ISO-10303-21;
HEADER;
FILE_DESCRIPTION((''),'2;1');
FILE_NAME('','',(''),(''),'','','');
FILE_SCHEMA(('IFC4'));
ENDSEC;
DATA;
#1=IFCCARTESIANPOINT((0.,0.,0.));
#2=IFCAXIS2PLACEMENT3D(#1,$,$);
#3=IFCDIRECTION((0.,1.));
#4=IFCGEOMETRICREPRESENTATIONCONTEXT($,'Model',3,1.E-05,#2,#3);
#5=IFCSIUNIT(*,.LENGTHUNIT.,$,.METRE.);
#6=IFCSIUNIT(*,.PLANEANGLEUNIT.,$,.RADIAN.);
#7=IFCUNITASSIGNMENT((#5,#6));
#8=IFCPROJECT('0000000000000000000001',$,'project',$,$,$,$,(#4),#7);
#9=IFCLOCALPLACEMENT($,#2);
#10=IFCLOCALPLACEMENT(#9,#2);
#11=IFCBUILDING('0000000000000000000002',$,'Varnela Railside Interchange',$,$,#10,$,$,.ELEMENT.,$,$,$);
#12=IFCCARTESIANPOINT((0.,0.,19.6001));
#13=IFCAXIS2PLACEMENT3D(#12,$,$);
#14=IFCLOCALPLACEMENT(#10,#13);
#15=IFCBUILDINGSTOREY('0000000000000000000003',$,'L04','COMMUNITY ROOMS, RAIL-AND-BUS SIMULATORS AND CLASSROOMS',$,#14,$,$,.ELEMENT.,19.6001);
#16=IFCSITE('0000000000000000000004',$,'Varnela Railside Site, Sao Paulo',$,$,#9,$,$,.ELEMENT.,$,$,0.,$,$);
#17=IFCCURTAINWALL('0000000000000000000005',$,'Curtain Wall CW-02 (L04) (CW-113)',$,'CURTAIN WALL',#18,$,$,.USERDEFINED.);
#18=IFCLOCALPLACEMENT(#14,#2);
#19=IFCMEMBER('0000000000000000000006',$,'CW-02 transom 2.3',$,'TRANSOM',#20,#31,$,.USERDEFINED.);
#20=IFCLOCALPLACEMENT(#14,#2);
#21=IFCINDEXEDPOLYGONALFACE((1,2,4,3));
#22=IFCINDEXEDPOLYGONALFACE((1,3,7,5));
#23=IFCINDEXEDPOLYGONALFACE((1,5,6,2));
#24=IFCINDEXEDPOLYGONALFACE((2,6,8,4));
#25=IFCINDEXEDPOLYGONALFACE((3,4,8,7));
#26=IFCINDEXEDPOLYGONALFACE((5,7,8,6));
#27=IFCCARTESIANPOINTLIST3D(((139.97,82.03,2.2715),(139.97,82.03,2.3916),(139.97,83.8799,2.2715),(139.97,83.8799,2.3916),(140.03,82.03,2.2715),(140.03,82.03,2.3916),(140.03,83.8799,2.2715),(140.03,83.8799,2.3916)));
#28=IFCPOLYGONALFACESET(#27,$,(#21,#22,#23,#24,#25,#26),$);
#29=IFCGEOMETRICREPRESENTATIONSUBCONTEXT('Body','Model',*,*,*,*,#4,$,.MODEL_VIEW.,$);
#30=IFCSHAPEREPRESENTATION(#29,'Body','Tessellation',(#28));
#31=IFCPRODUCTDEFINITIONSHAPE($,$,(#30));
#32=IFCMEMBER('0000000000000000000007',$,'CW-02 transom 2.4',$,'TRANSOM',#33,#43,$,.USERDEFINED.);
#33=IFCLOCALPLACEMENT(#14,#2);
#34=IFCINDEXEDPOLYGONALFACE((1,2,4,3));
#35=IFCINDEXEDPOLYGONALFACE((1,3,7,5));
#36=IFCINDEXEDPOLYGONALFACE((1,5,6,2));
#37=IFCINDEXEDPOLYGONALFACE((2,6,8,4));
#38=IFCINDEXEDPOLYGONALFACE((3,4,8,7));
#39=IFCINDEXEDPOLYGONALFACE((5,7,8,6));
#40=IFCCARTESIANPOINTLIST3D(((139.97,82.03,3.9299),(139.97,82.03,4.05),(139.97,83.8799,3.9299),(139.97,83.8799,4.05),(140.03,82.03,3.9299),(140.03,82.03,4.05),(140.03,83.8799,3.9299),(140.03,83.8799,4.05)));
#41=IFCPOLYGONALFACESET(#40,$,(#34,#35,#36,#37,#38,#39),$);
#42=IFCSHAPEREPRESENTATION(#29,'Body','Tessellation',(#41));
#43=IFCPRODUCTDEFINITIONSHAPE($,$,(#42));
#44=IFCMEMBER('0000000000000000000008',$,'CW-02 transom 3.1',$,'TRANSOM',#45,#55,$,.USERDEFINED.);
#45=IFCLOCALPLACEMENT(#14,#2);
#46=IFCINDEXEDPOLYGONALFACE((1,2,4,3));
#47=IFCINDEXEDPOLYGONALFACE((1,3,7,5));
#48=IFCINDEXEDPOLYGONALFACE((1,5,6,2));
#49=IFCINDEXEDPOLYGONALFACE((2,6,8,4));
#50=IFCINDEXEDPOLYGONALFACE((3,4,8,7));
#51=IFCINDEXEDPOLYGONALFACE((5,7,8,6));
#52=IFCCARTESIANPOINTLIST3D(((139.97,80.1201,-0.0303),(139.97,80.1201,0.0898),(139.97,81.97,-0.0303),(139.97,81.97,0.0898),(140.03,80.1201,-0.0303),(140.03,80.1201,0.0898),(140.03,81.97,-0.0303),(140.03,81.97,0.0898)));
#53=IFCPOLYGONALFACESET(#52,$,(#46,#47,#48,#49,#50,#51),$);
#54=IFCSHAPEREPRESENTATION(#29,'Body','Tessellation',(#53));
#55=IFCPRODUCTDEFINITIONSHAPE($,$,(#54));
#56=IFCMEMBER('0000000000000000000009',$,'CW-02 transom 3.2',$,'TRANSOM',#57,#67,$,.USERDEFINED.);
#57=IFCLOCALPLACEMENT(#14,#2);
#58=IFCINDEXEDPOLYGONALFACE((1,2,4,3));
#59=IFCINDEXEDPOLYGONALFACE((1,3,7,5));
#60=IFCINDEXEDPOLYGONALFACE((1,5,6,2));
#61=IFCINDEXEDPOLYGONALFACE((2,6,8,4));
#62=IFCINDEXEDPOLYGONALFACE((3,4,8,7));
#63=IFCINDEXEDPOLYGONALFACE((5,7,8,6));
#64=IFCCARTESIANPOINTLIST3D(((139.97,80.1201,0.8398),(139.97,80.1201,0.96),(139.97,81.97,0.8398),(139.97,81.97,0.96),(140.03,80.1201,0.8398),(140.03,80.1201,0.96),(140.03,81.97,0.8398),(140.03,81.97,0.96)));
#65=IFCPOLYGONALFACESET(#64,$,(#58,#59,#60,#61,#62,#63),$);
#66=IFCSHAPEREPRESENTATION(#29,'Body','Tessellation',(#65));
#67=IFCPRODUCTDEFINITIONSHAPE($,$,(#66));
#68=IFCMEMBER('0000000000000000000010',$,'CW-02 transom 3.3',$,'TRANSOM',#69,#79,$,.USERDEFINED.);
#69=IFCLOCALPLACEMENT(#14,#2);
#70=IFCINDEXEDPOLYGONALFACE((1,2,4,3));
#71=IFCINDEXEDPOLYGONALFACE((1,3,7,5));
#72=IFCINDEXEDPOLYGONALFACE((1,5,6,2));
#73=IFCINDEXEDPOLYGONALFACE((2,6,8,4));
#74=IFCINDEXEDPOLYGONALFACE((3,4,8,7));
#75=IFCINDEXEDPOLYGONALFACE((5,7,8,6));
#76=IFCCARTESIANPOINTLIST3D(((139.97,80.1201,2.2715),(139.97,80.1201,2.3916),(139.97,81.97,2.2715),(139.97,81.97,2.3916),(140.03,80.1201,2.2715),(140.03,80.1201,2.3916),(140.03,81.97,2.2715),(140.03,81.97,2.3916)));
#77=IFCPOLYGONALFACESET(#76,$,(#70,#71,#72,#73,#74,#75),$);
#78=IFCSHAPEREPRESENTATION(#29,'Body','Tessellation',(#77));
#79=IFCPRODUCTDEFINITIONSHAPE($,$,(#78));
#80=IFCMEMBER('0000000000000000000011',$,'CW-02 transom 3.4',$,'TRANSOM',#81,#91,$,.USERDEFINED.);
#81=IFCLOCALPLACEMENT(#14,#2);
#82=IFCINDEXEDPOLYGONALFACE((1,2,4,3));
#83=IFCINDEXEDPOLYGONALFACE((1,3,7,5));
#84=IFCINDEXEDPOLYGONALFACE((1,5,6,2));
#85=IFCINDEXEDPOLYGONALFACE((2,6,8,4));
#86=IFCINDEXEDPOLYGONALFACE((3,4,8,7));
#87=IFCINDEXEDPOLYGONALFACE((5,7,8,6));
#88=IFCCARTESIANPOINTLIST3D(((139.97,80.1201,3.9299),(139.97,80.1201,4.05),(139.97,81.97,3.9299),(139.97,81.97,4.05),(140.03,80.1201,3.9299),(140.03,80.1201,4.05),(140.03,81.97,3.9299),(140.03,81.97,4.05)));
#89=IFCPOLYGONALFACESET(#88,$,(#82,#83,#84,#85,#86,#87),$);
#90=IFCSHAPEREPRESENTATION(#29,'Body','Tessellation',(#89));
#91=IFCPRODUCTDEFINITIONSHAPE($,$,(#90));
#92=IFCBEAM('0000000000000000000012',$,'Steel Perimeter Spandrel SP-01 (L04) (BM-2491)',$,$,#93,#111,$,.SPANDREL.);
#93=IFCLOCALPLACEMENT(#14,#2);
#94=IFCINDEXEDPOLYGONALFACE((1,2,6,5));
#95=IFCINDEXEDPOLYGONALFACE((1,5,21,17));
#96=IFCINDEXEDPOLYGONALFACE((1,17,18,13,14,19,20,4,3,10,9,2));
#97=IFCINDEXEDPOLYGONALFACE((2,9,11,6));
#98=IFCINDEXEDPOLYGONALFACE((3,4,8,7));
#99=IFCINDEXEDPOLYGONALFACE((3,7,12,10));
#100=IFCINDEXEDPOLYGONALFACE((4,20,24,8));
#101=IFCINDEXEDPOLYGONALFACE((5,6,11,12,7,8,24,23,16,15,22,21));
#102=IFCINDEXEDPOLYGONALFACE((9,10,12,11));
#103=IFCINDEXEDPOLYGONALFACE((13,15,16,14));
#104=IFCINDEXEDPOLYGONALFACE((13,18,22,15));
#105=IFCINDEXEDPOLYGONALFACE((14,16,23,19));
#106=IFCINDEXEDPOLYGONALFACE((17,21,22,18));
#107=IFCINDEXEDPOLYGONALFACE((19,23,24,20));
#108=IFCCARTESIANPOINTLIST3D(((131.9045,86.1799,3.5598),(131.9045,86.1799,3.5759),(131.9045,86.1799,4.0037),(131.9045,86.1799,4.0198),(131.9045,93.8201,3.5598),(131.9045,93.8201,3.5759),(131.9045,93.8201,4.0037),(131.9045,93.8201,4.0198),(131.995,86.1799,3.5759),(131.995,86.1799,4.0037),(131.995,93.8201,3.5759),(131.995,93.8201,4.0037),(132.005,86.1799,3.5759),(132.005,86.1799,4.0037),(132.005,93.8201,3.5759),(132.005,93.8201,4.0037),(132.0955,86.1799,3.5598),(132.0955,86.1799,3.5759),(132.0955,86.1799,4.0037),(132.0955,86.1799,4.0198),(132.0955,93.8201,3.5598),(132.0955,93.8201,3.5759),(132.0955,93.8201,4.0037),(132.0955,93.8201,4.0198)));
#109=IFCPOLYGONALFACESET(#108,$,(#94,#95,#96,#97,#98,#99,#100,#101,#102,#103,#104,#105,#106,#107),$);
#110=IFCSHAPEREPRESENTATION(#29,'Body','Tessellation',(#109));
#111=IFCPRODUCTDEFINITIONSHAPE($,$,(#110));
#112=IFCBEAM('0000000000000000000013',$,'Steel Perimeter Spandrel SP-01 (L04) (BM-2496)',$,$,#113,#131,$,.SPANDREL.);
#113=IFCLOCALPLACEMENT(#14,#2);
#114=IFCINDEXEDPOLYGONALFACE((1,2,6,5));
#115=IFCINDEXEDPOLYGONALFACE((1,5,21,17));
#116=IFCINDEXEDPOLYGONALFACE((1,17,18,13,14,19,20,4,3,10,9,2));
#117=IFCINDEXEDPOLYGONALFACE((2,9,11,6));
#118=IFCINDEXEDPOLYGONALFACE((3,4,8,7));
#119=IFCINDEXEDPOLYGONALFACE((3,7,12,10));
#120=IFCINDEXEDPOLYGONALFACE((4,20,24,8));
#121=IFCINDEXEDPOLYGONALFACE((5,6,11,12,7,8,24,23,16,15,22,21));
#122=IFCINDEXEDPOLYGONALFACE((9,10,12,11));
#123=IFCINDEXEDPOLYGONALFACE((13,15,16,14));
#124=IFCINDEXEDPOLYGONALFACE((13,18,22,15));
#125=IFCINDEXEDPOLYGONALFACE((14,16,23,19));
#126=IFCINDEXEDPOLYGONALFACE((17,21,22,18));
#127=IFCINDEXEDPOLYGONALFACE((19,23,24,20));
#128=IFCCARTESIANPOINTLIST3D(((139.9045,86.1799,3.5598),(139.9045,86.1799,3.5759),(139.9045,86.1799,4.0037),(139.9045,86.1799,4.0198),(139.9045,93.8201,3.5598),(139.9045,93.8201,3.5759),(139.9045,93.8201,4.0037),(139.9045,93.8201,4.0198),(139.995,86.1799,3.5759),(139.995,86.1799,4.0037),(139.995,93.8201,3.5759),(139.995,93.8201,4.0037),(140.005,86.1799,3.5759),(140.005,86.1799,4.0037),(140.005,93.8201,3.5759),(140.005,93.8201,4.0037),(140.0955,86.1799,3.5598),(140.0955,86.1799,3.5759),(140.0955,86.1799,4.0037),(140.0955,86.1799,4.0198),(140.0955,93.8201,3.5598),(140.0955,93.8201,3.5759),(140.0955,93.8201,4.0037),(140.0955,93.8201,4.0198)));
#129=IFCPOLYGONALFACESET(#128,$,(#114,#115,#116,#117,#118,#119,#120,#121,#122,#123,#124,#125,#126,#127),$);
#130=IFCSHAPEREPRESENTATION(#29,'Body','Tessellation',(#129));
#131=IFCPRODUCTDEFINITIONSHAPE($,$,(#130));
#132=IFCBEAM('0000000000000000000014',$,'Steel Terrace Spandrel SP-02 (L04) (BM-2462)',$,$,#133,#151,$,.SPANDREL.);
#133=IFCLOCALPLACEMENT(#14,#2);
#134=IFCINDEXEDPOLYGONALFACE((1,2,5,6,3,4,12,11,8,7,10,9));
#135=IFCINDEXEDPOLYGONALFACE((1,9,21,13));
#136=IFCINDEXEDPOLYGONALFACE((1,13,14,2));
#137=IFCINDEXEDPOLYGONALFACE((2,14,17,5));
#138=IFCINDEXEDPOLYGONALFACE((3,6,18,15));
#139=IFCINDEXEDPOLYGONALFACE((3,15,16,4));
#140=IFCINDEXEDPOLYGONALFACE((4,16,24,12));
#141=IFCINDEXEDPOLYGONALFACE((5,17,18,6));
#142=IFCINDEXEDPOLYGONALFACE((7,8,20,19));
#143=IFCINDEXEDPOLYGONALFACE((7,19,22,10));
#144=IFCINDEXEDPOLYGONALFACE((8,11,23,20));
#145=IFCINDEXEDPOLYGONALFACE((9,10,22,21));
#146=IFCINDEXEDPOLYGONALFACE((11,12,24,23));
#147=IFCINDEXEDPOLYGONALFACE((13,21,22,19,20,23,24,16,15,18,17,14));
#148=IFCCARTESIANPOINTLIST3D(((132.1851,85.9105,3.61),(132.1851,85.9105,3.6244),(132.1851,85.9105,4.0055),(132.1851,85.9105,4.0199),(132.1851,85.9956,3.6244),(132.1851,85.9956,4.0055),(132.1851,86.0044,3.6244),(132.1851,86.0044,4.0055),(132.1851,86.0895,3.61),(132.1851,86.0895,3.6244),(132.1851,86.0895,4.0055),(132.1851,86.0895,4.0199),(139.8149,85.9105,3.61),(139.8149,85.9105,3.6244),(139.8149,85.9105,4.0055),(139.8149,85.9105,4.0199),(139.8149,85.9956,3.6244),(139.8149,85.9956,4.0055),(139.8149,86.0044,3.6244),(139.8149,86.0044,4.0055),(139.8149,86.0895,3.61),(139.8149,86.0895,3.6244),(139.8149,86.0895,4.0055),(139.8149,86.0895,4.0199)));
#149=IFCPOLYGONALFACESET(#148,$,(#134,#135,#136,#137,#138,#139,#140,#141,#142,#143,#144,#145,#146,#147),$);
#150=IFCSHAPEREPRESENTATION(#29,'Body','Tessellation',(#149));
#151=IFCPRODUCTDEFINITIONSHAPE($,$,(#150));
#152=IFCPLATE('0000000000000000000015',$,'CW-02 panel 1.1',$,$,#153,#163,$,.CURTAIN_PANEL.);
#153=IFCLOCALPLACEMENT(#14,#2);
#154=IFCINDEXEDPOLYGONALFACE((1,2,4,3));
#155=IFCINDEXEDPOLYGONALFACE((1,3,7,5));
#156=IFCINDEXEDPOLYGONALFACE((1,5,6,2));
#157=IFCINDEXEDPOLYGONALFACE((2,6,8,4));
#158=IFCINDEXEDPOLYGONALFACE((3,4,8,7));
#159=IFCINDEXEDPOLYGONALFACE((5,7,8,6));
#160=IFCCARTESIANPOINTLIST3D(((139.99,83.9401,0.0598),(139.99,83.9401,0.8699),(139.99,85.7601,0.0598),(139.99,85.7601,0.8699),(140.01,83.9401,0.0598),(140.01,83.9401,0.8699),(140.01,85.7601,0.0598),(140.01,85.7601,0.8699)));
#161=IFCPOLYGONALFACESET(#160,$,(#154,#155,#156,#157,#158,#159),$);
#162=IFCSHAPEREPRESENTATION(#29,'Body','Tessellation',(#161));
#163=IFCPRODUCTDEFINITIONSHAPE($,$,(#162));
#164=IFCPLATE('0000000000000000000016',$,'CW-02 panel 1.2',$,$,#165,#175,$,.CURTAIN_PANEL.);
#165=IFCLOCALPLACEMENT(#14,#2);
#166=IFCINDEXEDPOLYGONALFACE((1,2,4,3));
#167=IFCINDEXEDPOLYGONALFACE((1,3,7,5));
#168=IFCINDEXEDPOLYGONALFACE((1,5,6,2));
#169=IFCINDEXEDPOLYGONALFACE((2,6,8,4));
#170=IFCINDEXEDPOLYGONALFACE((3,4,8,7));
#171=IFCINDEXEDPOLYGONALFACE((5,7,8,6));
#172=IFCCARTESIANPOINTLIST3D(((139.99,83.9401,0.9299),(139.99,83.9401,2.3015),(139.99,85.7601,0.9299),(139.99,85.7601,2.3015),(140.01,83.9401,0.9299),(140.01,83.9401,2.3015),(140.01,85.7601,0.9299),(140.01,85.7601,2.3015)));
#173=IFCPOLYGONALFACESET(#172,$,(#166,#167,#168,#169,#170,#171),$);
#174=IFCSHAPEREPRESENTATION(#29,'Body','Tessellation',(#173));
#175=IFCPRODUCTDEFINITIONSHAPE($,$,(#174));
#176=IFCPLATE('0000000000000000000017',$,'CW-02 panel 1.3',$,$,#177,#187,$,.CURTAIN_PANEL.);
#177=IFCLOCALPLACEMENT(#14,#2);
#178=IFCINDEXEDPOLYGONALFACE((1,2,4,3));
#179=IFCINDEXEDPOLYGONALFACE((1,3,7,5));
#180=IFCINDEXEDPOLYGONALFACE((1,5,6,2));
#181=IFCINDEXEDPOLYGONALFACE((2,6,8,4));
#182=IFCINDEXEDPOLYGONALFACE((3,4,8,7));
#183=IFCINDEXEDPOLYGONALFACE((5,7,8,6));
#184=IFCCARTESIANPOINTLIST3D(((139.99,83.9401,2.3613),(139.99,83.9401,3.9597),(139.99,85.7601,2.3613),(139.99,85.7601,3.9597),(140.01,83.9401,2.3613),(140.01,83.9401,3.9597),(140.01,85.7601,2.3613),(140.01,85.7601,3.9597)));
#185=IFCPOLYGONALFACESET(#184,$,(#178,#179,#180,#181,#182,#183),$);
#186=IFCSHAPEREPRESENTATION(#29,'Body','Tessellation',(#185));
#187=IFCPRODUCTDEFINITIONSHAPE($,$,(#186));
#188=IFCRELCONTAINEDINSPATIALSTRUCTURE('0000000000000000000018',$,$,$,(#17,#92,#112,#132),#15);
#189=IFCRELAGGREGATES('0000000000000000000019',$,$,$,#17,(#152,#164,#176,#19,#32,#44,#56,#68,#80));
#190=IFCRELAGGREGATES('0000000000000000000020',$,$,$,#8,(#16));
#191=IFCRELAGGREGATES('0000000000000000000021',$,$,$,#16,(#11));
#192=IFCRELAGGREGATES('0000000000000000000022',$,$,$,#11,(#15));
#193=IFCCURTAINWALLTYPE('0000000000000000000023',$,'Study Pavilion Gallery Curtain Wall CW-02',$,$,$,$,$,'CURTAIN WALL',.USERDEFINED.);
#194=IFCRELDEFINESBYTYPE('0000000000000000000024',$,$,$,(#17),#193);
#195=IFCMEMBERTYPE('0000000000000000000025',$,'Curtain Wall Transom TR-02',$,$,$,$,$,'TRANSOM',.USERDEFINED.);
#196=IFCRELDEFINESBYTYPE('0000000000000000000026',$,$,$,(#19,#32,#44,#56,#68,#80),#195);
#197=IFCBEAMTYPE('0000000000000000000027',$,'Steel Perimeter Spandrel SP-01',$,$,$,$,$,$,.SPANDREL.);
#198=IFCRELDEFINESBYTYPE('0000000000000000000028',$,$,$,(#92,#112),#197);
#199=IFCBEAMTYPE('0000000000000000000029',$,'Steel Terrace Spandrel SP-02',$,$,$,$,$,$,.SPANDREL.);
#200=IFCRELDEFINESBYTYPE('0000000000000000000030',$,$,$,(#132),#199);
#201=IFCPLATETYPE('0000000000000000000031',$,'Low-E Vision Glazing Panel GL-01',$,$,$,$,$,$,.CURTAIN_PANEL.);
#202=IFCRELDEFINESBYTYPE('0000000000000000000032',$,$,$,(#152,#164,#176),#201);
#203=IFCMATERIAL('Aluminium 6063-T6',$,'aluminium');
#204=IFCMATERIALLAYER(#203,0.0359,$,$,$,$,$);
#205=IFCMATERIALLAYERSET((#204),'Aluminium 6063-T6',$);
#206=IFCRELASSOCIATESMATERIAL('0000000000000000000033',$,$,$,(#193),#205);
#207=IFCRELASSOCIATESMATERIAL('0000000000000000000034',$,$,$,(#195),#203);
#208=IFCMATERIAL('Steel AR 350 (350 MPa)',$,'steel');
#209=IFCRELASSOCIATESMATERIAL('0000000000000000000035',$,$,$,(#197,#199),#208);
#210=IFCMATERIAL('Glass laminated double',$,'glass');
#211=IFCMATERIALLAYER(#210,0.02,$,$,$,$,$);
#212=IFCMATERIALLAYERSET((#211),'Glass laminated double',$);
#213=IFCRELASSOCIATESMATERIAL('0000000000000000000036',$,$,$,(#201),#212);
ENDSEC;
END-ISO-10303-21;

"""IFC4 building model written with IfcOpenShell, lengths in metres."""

from ifc_helpers import new_model, si_unit, direction, frame, origin, origin_2d, place, context, subcontext, project, spatial, rectangle, i_section, extrude, material, layer, layer_set, material_profile, profile_set, type_object, element, aggregate, save


model = new_model("IFC4")

# Units and contexts
model_context = context("Model", 3, precision=1e-05, world=origin(), true_north=direction((0.0, 1.0)))
body_context = subcontext(model_context, "Body", "Model", "MODEL_VIEW")
ifc_project = project(units=[si_unit("LENGTHUNIT", "METRE"), si_unit("PLANEANGLEUNIT", "RADIAN")], contexts=[model_context])

# Site, building, storey
site_placement = place(None, origin())
site = spatial("IfcSite", under=ifc_project, at=site_placement, Name="Varnela Railside Site, Sao Paulo", CompositionType="ELEMENT", RefElevation=0.0)
building_placement = place(site_placement, origin())
building = spatial("IfcBuilding", under=site, at=building_placement, Name="Varnela Railside Interchange", CompositionType="ELEMENT")
storey_placement = place(building_placement, frame((0.0, 0.0, 19.6001)))
storey = spatial("IfcBuildingStorey", under=building, at=storey_placement, Name="L04", Description="COMMUNITY ROOMS, RAIL-AND-BUS SIMULATORS AND CLASSROOMS", CompositionType="ELEMENT", Elevation=19.6001)

# Shared definitions
ifc_material_1 = material(Name="Steel AR 350 (350 MPa)", Category="steel")

# Curtain wall, members
ifc_material_2 = material(Name="Aluminium 6063-T6", Category="aluminium")
ifc_layer_1 = layer(ifc_material_2, 0.0359)
ifc_layer_set_1 = layer_set([ifc_layer_1], Name="Aluminium 6063-T6")
curtain_wall_type = type_object("IfcCurtainWallType", Name="Study Pavilion Gallery Curtain Wall CW-02", ElementType="CURTAIN WALL", PredefinedType="USERDEFINED", material=ifc_layer_set_1)
curtain_wall_placement = place(storey_placement, origin())
curtain_wall = element("IfcCurtainWall", 1, at=curtain_wall_placement, inside=storey, type_object=curtain_wall_type, Name="Curtain Wall CW-02 (L04) (CW-113)", ObjectType="CURTAIN WALL", PredefinedType="USERDEFINED")
ifc_material_profile_1 = material_profile(ifc_material_2, rectangle(XDim=0.0601, YDim=0.1201, at=origin_2d()), Name="ALU 60x120")
ifc_profile_set_1 = profile_set([ifc_material_profile_1], Name="Aluminium 6063-T6")
member_type_1 = type_object("IfcMemberType", Name="Curtain Wall Transom TR-02", ElementType="TRANSOM", PredefinedType="USERDEFINED", material=ifc_profile_set_1)
member_1_placement = place(storey_placement, frame((140.0, 83.8799, 2.3315), z_axis=(0.0, -1.0, 0.0), x_axis=(1.0, 0.0, 0.0)))
member_1 = element("IfcMember", 2, at=member_1_placement, type_object=member_type_1, Name="CW-02 transom 2.3", ObjectType="TRANSOM", PredefinedType="USERDEFINED", context=body_context, shape_type="SweptSolid", body=[
    extrude(rectangle(XDim=0.0601, YDim=0.1201, at=origin_2d()), origin(), (0.0, 0.0, 1.0), 1.8499),
])
member_2_placement = place(storey_placement, frame((140.0, 83.8799, 3.99), z_axis=(0.0, -1.0, 0.0), x_axis=(1.0, 0.0, 0.0)))
member_2 = element("IfcMember", 3, at=member_2_placement, type_object=member_type_1, Name="CW-02 transom 2.4", ObjectType="TRANSOM", PredefinedType="USERDEFINED", context=body_context, shape_type="SweptSolid", body=[
    extrude(rectangle(XDim=0.0601, YDim=0.1201, at=origin_2d()), origin(), (0.0, 0.0, 1.0), 1.8499),
])
member_3_placement = place(storey_placement, frame((140.0, 81.97, 0.0298), z_axis=(0.0, -1.0, 0.0), x_axis=(1.0, 0.0, 0.0)))
member_3 = element("IfcMember", 4, at=member_3_placement, type_object=member_type_1, Name="CW-02 transom 3.1", ObjectType="TRANSOM", PredefinedType="USERDEFINED", context=body_context, shape_type="SweptSolid", body=[
    extrude(rectangle(XDim=0.0601, YDim=0.1201, at=origin_2d()), origin(), (0.0, 0.0, 1.0), 1.8499),
])
member_4_placement = place(storey_placement, frame((140.0, 81.97, 0.8999), z_axis=(0.0, -1.0, 0.0), x_axis=(1.0, 0.0, 0.0)))
member_4 = element("IfcMember", 5, at=member_4_placement, type_object=member_type_1, Name="CW-02 transom 3.2", ObjectType="TRANSOM", PredefinedType="USERDEFINED", context=body_context, shape_type="SweptSolid", body=[
    extrude(rectangle(XDim=0.0601, YDim=0.1201, at=origin_2d()), origin(), (0.0, 0.0, 1.0), 1.8499),
])
member_5_placement = place(storey_placement, frame((140.0, 81.97, 2.3315), z_axis=(0.0, -1.0, 0.0), x_axis=(1.0, 0.0, 0.0)))
member_5 = element("IfcMember", 6, at=member_5_placement, type_object=member_type_1, Name="CW-02 transom 3.3", ObjectType="TRANSOM", PredefinedType="USERDEFINED", context=body_context, shape_type="SweptSolid", body=[
    extrude(rectangle(XDim=0.0601, YDim=0.1201, at=origin_2d()), origin(), (0.0, 0.0, 1.0), 1.8499),
])
member_6_placement = place(storey_placement, frame((140.0, 81.97, 3.99), z_axis=(0.0, -1.0, 0.0), x_axis=(1.0, 0.0, 0.0)))
member_6 = element("IfcMember", 7, at=member_6_placement, type_object=member_type_1, Name="CW-02 transom 3.4", ObjectType="TRANSOM", PredefinedType="USERDEFINED", context=body_context, shape_type="SweptSolid", body=[
    extrude(rectangle(XDim=0.0601, YDim=0.1201, at=origin_2d()), origin(), (0.0, 0.0, 1.0), 1.8499),
])

# Beams
ifc_material_profile_2 = material_profile(ifc_material_1, i_section(OverallWidth=0.1909, OverallDepth=0.46, WebThickness=0.01, FlangeThickness=0.0161, at=origin_2d()), Name="W460x82")
ifc_profile_set_2 = profile_set([ifc_material_profile_2], Name="Steel AR 350 (350 MPa)")
beam_type_1 = type_object("IfcBeamType", Name="Steel Perimeter Spandrel SP-01", PredefinedType="SPANDREL", material=ifc_profile_set_2)
for number, where, z_axis, x_axis, name in (
    (8, (132.0, 86.1799, 3.7898), (0.0, 1.0, 0.0), (-1.0, 0.0, 0.0), "Steel Perimeter Spandrel SP-01 (L04) (BM-2491)"),
    (9, (140.0, 86.1799, 3.7898), (0.0, 1.0, 0.0), (-1.0, 0.0, 0.0), "Steel Perimeter Spandrel SP-01 (L04) (BM-2496)"),
):
    element("IfcBeam", number, at=place(storey_placement, frame(where, z_axis=z_axis, x_axis=x_axis)), inside=storey, type_object=beam_type_1, Name=name, PredefinedType="SPANDREL", context=body_context, shape_type="SweptSolid", body=[
        extrude(i_section(OverallWidth=0.1909, OverallDepth=0.46, WebThickness=0.01, FlangeThickness=0.0161, at=origin_2d()), origin(), (0.0, 0.0, 1.0), 7.6401),
    ])
ifc_material_profile_3 = material_profile(ifc_material_1, i_section(OverallWidth=0.179, OverallDepth=0.4099, WebThickness=0.0088, FlangeThickness=0.0144, at=origin_2d()), Name="W410x67")
ifc_profile_set_3 = profile_set([ifc_material_profile_3], Name="Steel AR 350 (350 MPa)")
beam_type_2 = type_object("IfcBeamType", Name="Steel Terrace Spandrel SP-02", PredefinedType="SPANDREL", material=ifc_profile_set_3)
beam_placement = place(storey_placement, frame((132.1851, 86.0, 3.8149), z_axis=(1.0, 0.0, 0.0), x_axis=(0.0, 1.0, 0.0)))
element("IfcBeam", 10, at=beam_placement, inside=storey, type_object=beam_type_2, Name="Steel Terrace Spandrel SP-02 (L04) (BM-2462)", PredefinedType="SPANDREL", context=body_context, shape_type="SweptSolid", body=[
    extrude(i_section(OverallWidth=0.179, OverallDepth=0.4099, WebThickness=0.0088, FlangeThickness=0.0144, at=origin_2d()), origin(), (0.0, 0.0, 1.0), 7.6299),
])

# Plates
ifc_material_3 = material(Name="Glass laminated double", Category="glass")
ifc_layer_2 = layer(ifc_material_3, 0.02)
ifc_layer_set_2 = layer_set([ifc_layer_2], Name="Glass laminated double")
plate_type = type_object("IfcPlateType", Name="Low-E Vision Glazing Panel GL-01", PredefinedType="CURTAIN_PANEL", material=ifc_layer_set_2)
plate_1_placement = place(storey_placement, frame((140.0, 84.8501, 0.0598), z_axis=(0.0, 0.0, 1.0), x_axis=(0.0, -1.0, 0.0)))
plate_1 = element("IfcPlate", 11, at=plate_1_placement, type_object=plate_type, Name="CW-02 panel 1.1", PredefinedType="CURTAIN_PANEL", context=body_context, shape_type="SweptSolid", body=[
    extrude(rectangle(XDim=1.8201, YDim=0.02, at=origin_2d()), origin(), (0.0, 0.0, 1.0), 0.8101),
])
plate_2_placement = place(storey_placement, frame((140.0, 84.8501, 0.9299), z_axis=(0.0, 0.0, 1.0), x_axis=(0.0, -1.0, 0.0)))
plate_2 = element("IfcPlate", 12, at=plate_2_placement, type_object=plate_type, Name="CW-02 panel 1.2", PredefinedType="CURTAIN_PANEL", context=body_context, shape_type="SweptSolid", body=[
    extrude(rectangle(XDim=1.8201, YDim=0.02, at=origin_2d()), origin(), (0.0, 0.0, 1.0), 1.3716),
])
plate_3_placement = place(storey_placement, frame((140.0, 84.8501, 2.3613), z_axis=(0.0, 0.0, 1.0), x_axis=(0.0, -1.0, 0.0)))
plate_3 = element("IfcPlate", 13, at=plate_3_placement, type_object=plate_type, Name="CW-02 panel 1.3", PredefinedType="CURTAIN_PANEL", context=body_context, shape_type="SweptSolid", body=[
    extrude(rectangle(XDim=1.8201, YDim=0.02, at=origin_2d()), origin(), (0.0, 0.0, 1.0), 1.5984),
])
aggregate(curtain_wall, [plate_1, plate_2, plate_3, member_1, member_2, member_3, member_4, member_5, member_6])

save(model, "model.ifc")
